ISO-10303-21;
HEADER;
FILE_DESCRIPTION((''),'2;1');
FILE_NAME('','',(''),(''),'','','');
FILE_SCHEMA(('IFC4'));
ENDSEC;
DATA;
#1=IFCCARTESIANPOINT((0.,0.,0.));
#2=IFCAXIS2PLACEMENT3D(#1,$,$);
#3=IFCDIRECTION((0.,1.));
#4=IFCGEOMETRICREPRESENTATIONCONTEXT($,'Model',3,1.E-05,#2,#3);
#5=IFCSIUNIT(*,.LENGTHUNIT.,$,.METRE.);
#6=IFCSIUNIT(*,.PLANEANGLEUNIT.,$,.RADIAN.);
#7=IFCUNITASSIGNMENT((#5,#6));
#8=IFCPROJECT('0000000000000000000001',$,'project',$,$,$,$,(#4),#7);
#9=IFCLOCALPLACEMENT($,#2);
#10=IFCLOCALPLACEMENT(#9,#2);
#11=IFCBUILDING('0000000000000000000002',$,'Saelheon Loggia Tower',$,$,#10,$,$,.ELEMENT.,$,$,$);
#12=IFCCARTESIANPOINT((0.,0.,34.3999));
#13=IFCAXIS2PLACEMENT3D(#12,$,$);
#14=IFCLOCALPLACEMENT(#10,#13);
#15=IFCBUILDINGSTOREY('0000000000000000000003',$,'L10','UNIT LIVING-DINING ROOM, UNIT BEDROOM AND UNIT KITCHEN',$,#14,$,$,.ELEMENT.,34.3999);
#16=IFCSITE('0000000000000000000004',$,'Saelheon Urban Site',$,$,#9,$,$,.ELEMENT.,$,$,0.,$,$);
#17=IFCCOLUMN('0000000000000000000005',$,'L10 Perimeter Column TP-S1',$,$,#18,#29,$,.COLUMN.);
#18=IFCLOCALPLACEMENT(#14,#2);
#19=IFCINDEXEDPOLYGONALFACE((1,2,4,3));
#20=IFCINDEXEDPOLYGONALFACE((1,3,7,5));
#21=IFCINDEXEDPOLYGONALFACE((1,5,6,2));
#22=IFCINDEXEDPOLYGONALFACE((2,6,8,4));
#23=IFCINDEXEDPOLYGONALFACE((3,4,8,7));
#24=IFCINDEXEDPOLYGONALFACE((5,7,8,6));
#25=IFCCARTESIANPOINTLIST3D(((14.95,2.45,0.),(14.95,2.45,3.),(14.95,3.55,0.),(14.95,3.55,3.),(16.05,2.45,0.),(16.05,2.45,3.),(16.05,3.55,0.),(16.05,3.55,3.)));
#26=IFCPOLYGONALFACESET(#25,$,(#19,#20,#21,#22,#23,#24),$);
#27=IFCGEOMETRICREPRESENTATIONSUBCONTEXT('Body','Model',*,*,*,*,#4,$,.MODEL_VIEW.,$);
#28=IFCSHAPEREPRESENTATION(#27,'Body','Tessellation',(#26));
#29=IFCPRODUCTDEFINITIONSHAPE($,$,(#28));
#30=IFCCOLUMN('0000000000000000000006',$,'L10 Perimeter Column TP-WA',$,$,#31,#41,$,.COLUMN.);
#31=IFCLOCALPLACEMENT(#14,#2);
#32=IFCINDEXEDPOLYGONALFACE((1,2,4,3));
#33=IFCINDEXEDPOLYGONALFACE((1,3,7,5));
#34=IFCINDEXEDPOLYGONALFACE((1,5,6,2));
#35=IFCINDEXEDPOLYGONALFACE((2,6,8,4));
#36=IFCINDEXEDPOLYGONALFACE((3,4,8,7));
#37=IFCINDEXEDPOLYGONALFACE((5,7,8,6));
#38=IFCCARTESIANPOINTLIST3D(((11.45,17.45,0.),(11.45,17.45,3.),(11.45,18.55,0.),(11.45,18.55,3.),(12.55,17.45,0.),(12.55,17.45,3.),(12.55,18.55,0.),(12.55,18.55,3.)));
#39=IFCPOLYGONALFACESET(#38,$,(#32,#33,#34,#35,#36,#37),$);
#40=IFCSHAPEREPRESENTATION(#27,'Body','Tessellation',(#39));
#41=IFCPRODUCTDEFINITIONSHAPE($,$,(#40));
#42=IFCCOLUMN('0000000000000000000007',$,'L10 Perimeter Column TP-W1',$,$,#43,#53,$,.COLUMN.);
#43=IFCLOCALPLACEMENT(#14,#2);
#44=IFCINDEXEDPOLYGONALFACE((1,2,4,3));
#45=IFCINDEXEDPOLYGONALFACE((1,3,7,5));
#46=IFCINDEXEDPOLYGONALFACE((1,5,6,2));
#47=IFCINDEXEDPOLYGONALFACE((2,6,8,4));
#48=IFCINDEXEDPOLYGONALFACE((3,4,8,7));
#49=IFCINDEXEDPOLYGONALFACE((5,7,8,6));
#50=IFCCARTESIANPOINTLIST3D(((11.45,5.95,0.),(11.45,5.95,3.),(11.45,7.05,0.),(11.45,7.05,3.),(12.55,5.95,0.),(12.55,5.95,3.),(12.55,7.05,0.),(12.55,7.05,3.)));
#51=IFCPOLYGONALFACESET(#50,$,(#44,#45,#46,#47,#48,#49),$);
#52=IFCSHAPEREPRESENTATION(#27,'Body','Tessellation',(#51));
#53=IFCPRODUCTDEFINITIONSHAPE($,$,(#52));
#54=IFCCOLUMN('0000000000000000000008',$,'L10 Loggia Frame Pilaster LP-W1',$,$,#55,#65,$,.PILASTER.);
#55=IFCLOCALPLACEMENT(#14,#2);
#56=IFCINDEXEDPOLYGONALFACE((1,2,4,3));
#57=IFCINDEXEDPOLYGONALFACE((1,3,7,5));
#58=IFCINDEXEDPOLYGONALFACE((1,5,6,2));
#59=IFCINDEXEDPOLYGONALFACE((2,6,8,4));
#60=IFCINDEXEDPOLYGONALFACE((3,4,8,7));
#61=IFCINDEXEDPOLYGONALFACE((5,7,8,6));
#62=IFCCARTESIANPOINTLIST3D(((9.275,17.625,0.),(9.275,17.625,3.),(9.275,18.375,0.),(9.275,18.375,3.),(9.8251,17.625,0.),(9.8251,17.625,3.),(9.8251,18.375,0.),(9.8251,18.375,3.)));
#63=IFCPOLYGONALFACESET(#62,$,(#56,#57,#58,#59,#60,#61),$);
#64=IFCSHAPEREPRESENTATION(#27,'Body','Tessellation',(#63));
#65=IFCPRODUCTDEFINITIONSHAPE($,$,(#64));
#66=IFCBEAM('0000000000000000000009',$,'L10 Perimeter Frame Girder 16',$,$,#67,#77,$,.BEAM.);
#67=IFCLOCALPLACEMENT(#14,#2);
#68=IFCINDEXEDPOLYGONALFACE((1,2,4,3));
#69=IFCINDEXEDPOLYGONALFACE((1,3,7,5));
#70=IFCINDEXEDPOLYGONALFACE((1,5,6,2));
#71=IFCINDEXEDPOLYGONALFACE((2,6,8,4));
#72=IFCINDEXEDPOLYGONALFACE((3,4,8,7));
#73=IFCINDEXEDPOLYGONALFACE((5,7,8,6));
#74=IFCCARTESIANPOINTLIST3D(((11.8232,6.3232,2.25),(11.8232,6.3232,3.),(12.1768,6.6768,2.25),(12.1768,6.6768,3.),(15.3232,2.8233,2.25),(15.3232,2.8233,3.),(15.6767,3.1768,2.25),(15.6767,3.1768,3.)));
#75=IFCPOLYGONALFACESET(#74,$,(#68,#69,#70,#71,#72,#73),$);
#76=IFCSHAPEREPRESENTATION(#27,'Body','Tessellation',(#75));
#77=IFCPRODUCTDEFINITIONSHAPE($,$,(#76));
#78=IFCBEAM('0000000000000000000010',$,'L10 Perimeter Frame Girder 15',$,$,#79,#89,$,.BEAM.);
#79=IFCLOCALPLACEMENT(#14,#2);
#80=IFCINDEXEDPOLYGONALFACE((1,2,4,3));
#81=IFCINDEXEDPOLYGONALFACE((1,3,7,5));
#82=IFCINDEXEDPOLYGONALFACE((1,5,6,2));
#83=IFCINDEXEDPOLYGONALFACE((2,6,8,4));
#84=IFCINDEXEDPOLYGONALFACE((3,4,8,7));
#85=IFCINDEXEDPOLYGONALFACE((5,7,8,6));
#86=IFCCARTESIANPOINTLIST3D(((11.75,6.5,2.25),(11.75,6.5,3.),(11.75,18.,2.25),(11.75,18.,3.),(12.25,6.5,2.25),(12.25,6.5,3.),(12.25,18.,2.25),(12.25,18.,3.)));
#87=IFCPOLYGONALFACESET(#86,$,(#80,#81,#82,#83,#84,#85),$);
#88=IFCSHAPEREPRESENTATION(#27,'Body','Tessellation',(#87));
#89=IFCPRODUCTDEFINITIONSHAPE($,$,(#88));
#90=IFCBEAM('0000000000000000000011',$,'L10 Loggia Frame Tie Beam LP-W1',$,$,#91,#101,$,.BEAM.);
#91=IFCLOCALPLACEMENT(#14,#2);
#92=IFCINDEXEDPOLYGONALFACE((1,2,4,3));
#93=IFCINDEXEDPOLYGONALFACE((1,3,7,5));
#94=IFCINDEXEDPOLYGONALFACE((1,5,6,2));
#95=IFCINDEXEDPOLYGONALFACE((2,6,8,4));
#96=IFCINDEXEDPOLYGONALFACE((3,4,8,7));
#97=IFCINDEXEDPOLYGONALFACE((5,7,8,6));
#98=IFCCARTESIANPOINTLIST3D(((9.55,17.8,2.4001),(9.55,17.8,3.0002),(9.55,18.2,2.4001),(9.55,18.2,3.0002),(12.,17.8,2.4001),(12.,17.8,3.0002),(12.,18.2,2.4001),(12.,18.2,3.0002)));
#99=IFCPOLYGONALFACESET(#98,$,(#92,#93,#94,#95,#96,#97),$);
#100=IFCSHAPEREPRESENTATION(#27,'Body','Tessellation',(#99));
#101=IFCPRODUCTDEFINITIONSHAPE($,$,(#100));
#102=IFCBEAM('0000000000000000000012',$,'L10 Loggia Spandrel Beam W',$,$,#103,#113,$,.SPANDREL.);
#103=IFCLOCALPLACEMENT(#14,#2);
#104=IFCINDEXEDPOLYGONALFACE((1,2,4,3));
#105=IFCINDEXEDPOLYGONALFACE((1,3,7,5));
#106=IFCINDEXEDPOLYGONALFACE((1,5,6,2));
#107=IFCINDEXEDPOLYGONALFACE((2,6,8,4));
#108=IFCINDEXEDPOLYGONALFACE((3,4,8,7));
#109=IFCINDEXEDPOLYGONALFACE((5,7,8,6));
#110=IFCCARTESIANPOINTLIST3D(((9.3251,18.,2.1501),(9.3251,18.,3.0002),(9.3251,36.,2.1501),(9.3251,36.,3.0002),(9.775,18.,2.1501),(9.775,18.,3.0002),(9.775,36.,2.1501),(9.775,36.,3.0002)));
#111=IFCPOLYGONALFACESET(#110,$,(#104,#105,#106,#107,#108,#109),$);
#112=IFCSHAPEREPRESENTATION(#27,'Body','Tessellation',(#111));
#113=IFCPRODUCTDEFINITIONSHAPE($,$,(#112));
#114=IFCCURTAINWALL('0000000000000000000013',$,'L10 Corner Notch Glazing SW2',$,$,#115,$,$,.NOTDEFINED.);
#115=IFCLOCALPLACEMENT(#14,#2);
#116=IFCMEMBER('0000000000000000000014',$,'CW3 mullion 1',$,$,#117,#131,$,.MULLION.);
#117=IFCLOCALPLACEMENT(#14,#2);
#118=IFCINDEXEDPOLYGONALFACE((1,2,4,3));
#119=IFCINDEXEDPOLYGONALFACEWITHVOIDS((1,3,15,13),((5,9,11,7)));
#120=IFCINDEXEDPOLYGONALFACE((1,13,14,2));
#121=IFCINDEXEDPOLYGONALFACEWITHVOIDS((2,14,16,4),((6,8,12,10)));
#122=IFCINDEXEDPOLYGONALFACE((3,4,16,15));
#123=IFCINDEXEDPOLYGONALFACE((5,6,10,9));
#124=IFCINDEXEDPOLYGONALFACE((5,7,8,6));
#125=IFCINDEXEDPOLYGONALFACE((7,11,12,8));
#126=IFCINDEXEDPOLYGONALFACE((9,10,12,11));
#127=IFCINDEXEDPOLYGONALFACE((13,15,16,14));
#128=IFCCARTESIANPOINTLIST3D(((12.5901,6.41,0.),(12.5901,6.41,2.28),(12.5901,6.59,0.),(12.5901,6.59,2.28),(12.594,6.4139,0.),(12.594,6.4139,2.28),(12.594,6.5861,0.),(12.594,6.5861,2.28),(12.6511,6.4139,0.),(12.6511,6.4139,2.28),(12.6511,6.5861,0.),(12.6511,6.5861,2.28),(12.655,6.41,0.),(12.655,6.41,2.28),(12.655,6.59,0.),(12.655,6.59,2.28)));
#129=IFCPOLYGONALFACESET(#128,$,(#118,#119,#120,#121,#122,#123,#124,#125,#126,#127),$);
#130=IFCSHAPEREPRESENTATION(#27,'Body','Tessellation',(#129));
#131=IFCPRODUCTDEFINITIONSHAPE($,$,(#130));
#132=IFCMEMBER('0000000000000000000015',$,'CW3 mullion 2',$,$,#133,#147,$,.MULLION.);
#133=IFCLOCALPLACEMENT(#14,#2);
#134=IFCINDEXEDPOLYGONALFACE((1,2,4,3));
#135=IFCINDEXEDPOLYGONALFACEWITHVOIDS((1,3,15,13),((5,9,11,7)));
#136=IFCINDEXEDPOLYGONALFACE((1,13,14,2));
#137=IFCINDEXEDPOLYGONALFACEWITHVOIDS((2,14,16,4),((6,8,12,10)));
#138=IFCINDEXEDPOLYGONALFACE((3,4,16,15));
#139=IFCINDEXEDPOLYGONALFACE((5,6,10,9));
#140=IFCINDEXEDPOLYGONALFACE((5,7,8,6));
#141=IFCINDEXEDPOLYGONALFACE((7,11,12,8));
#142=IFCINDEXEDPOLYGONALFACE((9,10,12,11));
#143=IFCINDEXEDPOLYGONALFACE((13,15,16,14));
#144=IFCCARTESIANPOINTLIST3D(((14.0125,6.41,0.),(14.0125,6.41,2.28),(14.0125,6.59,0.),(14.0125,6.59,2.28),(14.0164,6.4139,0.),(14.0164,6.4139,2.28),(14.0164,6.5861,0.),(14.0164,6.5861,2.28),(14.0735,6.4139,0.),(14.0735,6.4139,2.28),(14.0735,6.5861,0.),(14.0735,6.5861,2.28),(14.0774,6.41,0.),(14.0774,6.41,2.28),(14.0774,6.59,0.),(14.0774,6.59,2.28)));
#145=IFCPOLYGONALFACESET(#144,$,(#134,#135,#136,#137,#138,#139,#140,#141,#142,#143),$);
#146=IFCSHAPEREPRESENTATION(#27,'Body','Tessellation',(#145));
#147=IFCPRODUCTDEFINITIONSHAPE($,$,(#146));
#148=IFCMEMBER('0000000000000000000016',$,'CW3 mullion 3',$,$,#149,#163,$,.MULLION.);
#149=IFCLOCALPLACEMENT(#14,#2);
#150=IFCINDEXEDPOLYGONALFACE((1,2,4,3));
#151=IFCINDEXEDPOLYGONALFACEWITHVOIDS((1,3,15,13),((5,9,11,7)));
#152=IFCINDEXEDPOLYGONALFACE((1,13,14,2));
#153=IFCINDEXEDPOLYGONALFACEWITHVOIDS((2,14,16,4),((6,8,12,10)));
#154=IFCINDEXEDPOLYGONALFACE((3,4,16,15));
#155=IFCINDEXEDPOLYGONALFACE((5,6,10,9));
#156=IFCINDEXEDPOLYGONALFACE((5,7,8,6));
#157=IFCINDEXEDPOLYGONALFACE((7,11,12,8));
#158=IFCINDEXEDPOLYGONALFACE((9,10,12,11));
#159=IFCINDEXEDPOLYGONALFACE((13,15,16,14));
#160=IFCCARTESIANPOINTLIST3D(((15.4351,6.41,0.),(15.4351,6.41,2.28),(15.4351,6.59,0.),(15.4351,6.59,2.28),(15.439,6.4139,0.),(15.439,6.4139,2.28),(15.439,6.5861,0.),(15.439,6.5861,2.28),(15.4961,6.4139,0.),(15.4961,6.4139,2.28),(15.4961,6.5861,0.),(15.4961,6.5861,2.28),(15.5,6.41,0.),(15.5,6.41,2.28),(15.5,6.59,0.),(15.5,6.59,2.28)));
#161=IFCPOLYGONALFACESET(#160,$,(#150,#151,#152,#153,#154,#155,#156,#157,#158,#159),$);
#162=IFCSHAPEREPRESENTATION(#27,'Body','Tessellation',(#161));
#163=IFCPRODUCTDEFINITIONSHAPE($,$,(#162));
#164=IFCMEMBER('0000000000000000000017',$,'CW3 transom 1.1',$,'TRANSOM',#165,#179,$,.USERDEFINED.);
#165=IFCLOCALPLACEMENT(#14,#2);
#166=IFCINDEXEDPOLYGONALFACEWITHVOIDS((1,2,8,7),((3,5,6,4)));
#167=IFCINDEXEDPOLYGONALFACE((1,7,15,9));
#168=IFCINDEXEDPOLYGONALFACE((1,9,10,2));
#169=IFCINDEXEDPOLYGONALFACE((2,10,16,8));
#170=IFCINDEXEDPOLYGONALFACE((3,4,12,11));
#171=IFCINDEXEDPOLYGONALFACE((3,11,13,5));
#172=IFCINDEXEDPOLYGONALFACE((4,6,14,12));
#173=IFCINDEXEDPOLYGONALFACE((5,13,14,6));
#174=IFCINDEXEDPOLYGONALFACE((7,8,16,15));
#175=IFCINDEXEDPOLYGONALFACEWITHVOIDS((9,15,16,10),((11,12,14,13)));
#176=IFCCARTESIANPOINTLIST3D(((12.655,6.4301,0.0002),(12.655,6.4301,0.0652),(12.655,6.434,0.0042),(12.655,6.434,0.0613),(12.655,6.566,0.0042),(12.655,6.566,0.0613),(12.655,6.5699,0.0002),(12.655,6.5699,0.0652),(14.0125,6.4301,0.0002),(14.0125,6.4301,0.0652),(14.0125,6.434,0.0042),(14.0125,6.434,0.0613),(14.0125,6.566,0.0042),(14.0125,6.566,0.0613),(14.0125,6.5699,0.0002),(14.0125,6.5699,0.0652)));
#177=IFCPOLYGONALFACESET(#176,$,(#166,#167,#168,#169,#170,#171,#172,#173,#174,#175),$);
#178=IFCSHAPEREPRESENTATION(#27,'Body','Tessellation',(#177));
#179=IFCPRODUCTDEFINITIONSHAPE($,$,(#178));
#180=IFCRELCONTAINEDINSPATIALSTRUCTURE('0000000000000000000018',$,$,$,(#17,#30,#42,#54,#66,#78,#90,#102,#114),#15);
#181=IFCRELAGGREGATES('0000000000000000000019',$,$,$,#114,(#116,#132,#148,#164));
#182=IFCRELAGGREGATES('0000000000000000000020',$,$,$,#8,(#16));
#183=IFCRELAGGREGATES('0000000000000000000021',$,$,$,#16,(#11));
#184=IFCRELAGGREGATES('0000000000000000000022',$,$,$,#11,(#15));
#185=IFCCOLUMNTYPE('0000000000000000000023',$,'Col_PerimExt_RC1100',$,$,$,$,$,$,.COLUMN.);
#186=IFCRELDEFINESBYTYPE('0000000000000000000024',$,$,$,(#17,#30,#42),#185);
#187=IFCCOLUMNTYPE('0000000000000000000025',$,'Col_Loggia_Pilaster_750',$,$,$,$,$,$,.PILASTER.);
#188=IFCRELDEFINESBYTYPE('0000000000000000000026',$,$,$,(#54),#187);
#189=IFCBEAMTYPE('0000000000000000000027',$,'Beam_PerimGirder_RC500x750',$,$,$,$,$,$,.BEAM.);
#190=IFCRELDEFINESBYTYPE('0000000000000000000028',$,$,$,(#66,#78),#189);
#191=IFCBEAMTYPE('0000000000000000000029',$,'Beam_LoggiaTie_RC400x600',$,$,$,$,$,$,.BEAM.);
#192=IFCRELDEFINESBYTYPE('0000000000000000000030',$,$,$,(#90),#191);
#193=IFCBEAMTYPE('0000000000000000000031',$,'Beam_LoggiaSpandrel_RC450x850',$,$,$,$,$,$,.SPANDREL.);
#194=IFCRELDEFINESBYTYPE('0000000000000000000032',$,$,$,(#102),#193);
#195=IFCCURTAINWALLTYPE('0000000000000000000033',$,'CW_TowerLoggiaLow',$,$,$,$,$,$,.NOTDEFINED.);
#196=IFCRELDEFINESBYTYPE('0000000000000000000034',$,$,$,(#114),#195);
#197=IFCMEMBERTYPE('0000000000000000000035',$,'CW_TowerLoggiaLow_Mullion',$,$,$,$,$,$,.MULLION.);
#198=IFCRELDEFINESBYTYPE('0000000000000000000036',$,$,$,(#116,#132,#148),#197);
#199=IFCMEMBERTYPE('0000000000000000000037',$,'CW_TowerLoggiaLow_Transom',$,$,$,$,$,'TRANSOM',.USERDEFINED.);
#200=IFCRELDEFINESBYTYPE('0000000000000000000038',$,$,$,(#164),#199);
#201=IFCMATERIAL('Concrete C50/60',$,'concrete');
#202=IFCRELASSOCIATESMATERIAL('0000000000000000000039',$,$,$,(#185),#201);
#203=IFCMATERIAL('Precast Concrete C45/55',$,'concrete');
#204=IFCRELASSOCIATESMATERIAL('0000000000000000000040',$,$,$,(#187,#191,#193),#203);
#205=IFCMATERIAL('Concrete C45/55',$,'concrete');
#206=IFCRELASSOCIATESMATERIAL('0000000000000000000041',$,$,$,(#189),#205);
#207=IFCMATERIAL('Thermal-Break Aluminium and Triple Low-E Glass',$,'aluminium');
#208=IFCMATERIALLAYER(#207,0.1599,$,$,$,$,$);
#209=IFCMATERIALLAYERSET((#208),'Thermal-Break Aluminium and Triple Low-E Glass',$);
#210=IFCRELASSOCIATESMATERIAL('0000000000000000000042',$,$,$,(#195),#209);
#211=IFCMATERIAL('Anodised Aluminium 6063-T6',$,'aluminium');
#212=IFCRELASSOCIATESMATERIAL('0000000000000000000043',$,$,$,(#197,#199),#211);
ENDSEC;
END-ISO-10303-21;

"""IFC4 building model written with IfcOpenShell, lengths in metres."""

from ifc_helpers import new_model, si_unit, direction, frame, origin, origin_2d, place, context, subcontext, project, spatial, rectangle, hollow_rectangle, extrude, source, transform, mapped, material, layer, layer_set, material_profile, profile_set, type_object, element, aggregate, save


model = new_model("IFC4")

# Units and contexts
model_context = context("Model", 3, precision=1e-05, world=origin(), true_north=direction((0.0, 1.0)))
body_context = subcontext(model_context, "Body", "Model", "MODEL_VIEW")
ifc_project = project(units=[si_unit("LENGTHUNIT", "METRE"), si_unit("PLANEANGLEUNIT", "RADIAN")], contexts=[model_context])

# Site, building, storey
site_placement = place(None, origin())
site = spatial("IfcSite", under=ifc_project, at=site_placement, Name="Saelheon Urban Site", CompositionType="ELEMENT", RefElevation=0.0)
building_placement = place(site_placement, origin())
building = spatial("IfcBuilding", under=site, at=building_placement, Name="Saelheon Loggia Tower", CompositionType="ELEMENT")
storey_placement = place(building_placement, frame((0.0, 0.0, 34.3999)))
storey = spatial("IfcBuildingStorey", under=building, at=storey_placement, Name="L10", Description="UNIT LIVING-DINING ROOM, UNIT BEDROOM AND UNIT KITCHEN", CompositionType="ELEMENT", Elevation=34.3999)

# Columns
ifc_material_1 = material(Name="Concrete C50/60", Category="concrete")
ifc_material_profile_1 = material_profile(ifc_material_1, rectangle(XDim=1.1001, YDim=1.1001, at=origin_2d()), Name="RC-1100x1100")
ifc_profile_set_1 = profile_set([ifc_material_profile_1], Name="Concrete C50/60")
column_type_1 = type_object("IfcColumnType", Name="Col_PerimExt_RC1100", PredefinedType="COLUMN", material=ifc_profile_set_1)
shared_shape_1 = source(origin(), body_context, "Body", "SweptSolid", [
    extrude(rectangle(XDim=1.1001, YDim=1.1001, at=origin_2d()), origin(), (0.0, 0.0, 1.0), 3.0),
])
for number, where, z_axis, x_axis, name in (
    (1, (15.5, 3.0, 0.0), (0.0, 0.0, 1.0), (1.0, 0.0, 0.0), "L10 Perimeter Column TP-S1"),
    (2, (12.0, 18.0, 0.0), (0.0, 0.0, 1.0), (1.0, 0.0, 0.0), "L10 Perimeter Column TP-WA"),
    (3, (12.0, 6.5, 0.0), (0.0, 0.0, 1.0), (1.0, 0.0, 0.0), "L10 Perimeter Column TP-W1"),
):
    element("IfcColumn", number, at=place(storey_placement, frame(where, z_axis=z_axis, x_axis=x_axis)), inside=storey, type_object=column_type_1, Name=name, PredefinedType="COLUMN", context=body_context, shape_type="MappedRepresentation", body=[
        mapped(shared_shape_1, transform((0.0, 0.0, 0.0), scale=1.0)),
    ])
ifc_material_2 = material(Name="Precast Concrete C45/55", Category="concrete")
ifc_material_profile_2 = material_profile(ifc_material_2, rectangle(XDim=0.55, YDim=0.75, at=origin_2d()), Name="RC-550x750")
ifc_profile_set_2 = profile_set([ifc_material_profile_2], Name="Precast Concrete C45/55")
column_type_2 = type_object("IfcColumnType", Name="Col_Loggia_Pilaster_750", PredefinedType="PILASTER", material=ifc_profile_set_2)
shared_shape_2 = source(origin(), body_context, "Body", "SweptSolid", [
    extrude(rectangle(XDim=0.55, YDim=0.75, at=origin_2d()), origin(), (0.0, 0.0, 1.0), 3.0),
])
column_placement = place(storey_placement, frame((9.55, 18.0, 0.0), z_axis=(0.0, 0.0, 1.0), x_axis=(1.0, 0.0, 0.0)))
element("IfcColumn", 4, at=column_placement, inside=storey, type_object=column_type_2, Name="L10 Loggia Frame Pilaster LP-W1", PredefinedType="PILASTER", context=body_context, shape_type="MappedRepresentation", body=[
    mapped(shared_shape_2, transform((0.0, 0.0, 0.0), scale=1.0)),
])

# Beams
ifc_material_3 = material(Name="Concrete C45/55", Category="concrete")
ifc_material_profile_3 = material_profile(ifc_material_3, rectangle(XDim=0.5, YDim=0.75, at=origin_2d()), Name="RC-500x750")
ifc_profile_set_3 = profile_set([ifc_material_profile_3], Name="Concrete C45/55")
beam_type_1 = type_object("IfcBeamType", Name="Beam_PerimGirder_RC500x750", PredefinedType="BEAM", material=ifc_profile_set_3)
shared_shape_3 = source(origin(), body_context, "Body", "SweptSolid", [
    extrude(rectangle(XDim=0.5, YDim=0.75, at=origin_2d()), origin(), (0.0, 0.0, 1.0), 4.9497),
])
beam_1_placement = place(storey_placement, frame((12.0, 6.5, 2.625), z_axis=(0.707107, -0.707107, 0.0), x_axis=(0.707107, 0.707107, 0.0)))
element("IfcBeam", 5, at=beam_1_placement, inside=storey, type_object=beam_type_1, Name="L10 Perimeter Frame Girder 16", PredefinedType="BEAM", context=body_context, shape_type="MappedRepresentation", body=[
    mapped(shared_shape_3, transform((0.0, 0.0, 0.0), scale=1.0)),
])
shared_shape_4 = source(origin(), body_context, "Body", "SweptSolid", [
    extrude(rectangle(XDim=0.5, YDim=0.75, at=origin_2d()), origin(), (0.0, 0.0, 1.0), 11.5),
])
beam_2_placement = place(storey_placement, frame((12.0, 18.0, 2.625), z_axis=(0.0, -1.0, 0.0), x_axis=(1.0, 0.0, 0.0)))
element("IfcBeam", 6, at=beam_2_placement, inside=storey, type_object=beam_type_1, Name="L10 Perimeter Frame Girder 15", PredefinedType="BEAM", context=body_context, shape_type="MappedRepresentation", body=[
    mapped(shared_shape_4, transform((0.0, 0.0, 0.0), scale=1.0)),
])
ifc_material_profile_4 = material_profile(ifc_material_2, rectangle(XDim=0.3999, YDim=0.6001, at=origin_2d()), Name="RC-400x600")
ifc_profile_set_4 = profile_set([ifc_material_profile_4], Name="Precast Concrete C45/55")
beam_type_2 = type_object("IfcBeamType", Name="Beam_LoggiaTie_RC400x600", PredefinedType="BEAM", material=ifc_profile_set_4)
shared_shape_5 = source(origin(), body_context, "Body", "SweptSolid", [
    extrude(rectangle(XDim=0.3999, YDim=0.6001, at=origin_2d()), origin(), (0.0, 0.0, 1.0), 2.45),
])
beam_3_placement = place(storey_placement, frame((12.0, 18.0, 2.7002), z_axis=(-1.0, 0.0, 0.0), x_axis=(0.0, -1.0, 0.0)))
element("IfcBeam", 7, at=beam_3_placement, inside=storey, type_object=beam_type_2, Name="L10 Loggia Frame Tie Beam LP-W1", PredefinedType="BEAM", context=body_context, shape_type="MappedRepresentation", body=[
    mapped(shared_shape_5, transform((0.0, 0.0, 0.0), scale=1.0)),
])
ifc_material_profile_5 = material_profile(ifc_material_2, rectangle(XDim=0.45, YDim=0.8501, at=origin_2d()), Name="RC-450x850")
ifc_profile_set_5 = profile_set([ifc_material_profile_5], Name="Precast Concrete C45/55")
beam_type_3 = type_object("IfcBeamType", Name="Beam_LoggiaSpandrel_RC450x850", PredefinedType="SPANDREL", material=ifc_profile_set_5)
shared_shape_6 = source(origin(), body_context, "Body", "SweptSolid", [
    extrude(rectangle(XDim=0.45, YDim=0.8501, at=origin_2d()), origin(), (0.0, 0.0, 1.0), 18.0),
])
beam_4_placement = place(storey_placement, frame((9.55, 18.0, 2.5752), z_axis=(0.0, 1.0, 0.0), x_axis=(-1.0, 0.0, 0.0)))
element("IfcBeam", 8, at=beam_4_placement, inside=storey, type_object=beam_type_3, Name="L10 Loggia Spandrel Beam W", PredefinedType="SPANDREL", context=body_context, shape_type="MappedRepresentation", body=[
    mapped(shared_shape_6, transform((0.0, 0.0, 0.0), scale=1.0)),
])

# Curtain wall, members
ifc_material_4 = material(Name="Thermal-Break Aluminium and Triple Low-E Glass", Category="aluminium")
ifc_layer_1 = layer(ifc_material_4, 0.1599)
ifc_layer_set_1 = layer_set([ifc_layer_1], Name="Thermal-Break Aluminium and Triple Low-E Glass")
curtain_wall_type = type_object("IfcCurtainWallType", Name="CW_TowerLoggiaLow", PredefinedType="NOTDEFINED", material=ifc_layer_set_1)
curtain_wall_placement = place(storey_placement, origin())
curtain_wall = element("IfcCurtainWall", 9, at=curtain_wall_placement, inside=storey, type_object=curtain_wall_type, Name="L10 Corner Notch Glazing SW2", PredefinedType="NOTDEFINED")
ifc_material_5 = material(Name="Anodised Aluminium 6063-T6", Category="aluminium")
ifc_material_profile_6 = material_profile(ifc_material_5, hollow_rectangle(XDim=0.0649, YDim=0.1799, WallThickness=0.0039, at=origin_2d()), Name="RHS-180x65x4")
ifc_profile_set_6 = profile_set([ifc_material_profile_6], Name="Anodised Aluminium 6063-T6")
member_type_1 = type_object("IfcMemberType", Name="CW_TowerLoggiaLow_Mullion", PredefinedType="MULLION", material=ifc_profile_set_6)
shared_shape_7 = source(origin(), body_context, "Body", "SweptSolid", [
    extrude(hollow_rectangle(XDim=0.0649, YDim=0.1799, WallThickness=0.0039, at=origin_2d()), origin(), (0.0, 0.0, 1.0), 2.28),
])
member_1_placement = place(storey_placement, frame((12.6226, 6.5, 0.0), z_axis=(0.0, 0.0, 1.0), x_axis=(1.0, 0.0, 0.0)))
member_1 = element("IfcMember", 10, at=member_1_placement, type_object=member_type_1, Name="CW3 mullion 1", PredefinedType="MULLION", context=body_context, shape_type="MappedRepresentation", body=[
    mapped(shared_shape_7, transform((0.0, 0.0, 0.0), scale=1.0)),
])
member_2_placement = place(storey_placement, frame((14.0449, 6.5, 0.0), z_axis=(0.0, 0.0, 1.0), x_axis=(1.0, 0.0, 0.0)))
member_2 = element("IfcMember", 11, at=member_2_placement, type_object=member_type_1, Name="CW3 mullion 2", PredefinedType="MULLION", context=body_context, shape_type="MappedRepresentation", body=[
    mapped(shared_shape_7, transform((0.0, 0.0, 0.0), scale=1.0)),
])
member_3_placement = place(storey_placement, frame((15.4675, 6.5, 0.0), z_axis=(0.0, 0.0, 1.0), x_axis=(1.0, 0.0, 0.0)))
member_3 = element("IfcMember", 12, at=member_3_placement, type_object=member_type_1, Name="CW3 mullion 3", PredefinedType="MULLION", context=body_context, shape_type="MappedRepresentation", body=[
    mapped(shared_shape_7, transform((0.0, 0.0, 0.0), scale=1.0)),
])
ifc_material_profile_7 = material_profile(ifc_material_5, hollow_rectangle(XDim=0.0649, YDim=0.1399, WallThickness=0.0039, at=origin_2d()), Name="RHS-140x65x4")
ifc_profile_set_7 = profile_set([ifc_material_profile_7], Name="Anodised Aluminium 6063-T6")
member_type_2 = type_object("IfcMemberType", Name="CW_TowerLoggiaLow_Transom", ElementType="TRANSOM", PredefinedType="USERDEFINED", material=ifc_profile_set_7)
shared_shape_8 = source(origin(), body_context, "Body", "SweptSolid", [
    extrude(hollow_rectangle(XDim=0.0649, YDim=0.1399, WallThickness=0.0039, at=origin_2d()), origin(), (0.0, 0.0, 1.0), 1.3574),
])
member_4_placement = place(storey_placement, frame((12.655, 6.5, 0.0327), z_axis=(1.0, 0.0, 0.0), x_axis=(0.0, 0.0, 1.0)))
member_4 = element("IfcMember", 13, at=member_4_placement, type_object=member_type_2, Name="CW3 transom 1.1", ObjectType="TRANSOM", PredefinedType="USERDEFINED", context=body_context, shape_type="MappedRepresentation", body=[
    mapped(shared_shape_8, transform((0.0, 0.0, 0.0), scale=1.0)),
])
aggregate(curtain_wall, [member_1, member_2, member_3, member_4])

save(model, "model.ifc")
